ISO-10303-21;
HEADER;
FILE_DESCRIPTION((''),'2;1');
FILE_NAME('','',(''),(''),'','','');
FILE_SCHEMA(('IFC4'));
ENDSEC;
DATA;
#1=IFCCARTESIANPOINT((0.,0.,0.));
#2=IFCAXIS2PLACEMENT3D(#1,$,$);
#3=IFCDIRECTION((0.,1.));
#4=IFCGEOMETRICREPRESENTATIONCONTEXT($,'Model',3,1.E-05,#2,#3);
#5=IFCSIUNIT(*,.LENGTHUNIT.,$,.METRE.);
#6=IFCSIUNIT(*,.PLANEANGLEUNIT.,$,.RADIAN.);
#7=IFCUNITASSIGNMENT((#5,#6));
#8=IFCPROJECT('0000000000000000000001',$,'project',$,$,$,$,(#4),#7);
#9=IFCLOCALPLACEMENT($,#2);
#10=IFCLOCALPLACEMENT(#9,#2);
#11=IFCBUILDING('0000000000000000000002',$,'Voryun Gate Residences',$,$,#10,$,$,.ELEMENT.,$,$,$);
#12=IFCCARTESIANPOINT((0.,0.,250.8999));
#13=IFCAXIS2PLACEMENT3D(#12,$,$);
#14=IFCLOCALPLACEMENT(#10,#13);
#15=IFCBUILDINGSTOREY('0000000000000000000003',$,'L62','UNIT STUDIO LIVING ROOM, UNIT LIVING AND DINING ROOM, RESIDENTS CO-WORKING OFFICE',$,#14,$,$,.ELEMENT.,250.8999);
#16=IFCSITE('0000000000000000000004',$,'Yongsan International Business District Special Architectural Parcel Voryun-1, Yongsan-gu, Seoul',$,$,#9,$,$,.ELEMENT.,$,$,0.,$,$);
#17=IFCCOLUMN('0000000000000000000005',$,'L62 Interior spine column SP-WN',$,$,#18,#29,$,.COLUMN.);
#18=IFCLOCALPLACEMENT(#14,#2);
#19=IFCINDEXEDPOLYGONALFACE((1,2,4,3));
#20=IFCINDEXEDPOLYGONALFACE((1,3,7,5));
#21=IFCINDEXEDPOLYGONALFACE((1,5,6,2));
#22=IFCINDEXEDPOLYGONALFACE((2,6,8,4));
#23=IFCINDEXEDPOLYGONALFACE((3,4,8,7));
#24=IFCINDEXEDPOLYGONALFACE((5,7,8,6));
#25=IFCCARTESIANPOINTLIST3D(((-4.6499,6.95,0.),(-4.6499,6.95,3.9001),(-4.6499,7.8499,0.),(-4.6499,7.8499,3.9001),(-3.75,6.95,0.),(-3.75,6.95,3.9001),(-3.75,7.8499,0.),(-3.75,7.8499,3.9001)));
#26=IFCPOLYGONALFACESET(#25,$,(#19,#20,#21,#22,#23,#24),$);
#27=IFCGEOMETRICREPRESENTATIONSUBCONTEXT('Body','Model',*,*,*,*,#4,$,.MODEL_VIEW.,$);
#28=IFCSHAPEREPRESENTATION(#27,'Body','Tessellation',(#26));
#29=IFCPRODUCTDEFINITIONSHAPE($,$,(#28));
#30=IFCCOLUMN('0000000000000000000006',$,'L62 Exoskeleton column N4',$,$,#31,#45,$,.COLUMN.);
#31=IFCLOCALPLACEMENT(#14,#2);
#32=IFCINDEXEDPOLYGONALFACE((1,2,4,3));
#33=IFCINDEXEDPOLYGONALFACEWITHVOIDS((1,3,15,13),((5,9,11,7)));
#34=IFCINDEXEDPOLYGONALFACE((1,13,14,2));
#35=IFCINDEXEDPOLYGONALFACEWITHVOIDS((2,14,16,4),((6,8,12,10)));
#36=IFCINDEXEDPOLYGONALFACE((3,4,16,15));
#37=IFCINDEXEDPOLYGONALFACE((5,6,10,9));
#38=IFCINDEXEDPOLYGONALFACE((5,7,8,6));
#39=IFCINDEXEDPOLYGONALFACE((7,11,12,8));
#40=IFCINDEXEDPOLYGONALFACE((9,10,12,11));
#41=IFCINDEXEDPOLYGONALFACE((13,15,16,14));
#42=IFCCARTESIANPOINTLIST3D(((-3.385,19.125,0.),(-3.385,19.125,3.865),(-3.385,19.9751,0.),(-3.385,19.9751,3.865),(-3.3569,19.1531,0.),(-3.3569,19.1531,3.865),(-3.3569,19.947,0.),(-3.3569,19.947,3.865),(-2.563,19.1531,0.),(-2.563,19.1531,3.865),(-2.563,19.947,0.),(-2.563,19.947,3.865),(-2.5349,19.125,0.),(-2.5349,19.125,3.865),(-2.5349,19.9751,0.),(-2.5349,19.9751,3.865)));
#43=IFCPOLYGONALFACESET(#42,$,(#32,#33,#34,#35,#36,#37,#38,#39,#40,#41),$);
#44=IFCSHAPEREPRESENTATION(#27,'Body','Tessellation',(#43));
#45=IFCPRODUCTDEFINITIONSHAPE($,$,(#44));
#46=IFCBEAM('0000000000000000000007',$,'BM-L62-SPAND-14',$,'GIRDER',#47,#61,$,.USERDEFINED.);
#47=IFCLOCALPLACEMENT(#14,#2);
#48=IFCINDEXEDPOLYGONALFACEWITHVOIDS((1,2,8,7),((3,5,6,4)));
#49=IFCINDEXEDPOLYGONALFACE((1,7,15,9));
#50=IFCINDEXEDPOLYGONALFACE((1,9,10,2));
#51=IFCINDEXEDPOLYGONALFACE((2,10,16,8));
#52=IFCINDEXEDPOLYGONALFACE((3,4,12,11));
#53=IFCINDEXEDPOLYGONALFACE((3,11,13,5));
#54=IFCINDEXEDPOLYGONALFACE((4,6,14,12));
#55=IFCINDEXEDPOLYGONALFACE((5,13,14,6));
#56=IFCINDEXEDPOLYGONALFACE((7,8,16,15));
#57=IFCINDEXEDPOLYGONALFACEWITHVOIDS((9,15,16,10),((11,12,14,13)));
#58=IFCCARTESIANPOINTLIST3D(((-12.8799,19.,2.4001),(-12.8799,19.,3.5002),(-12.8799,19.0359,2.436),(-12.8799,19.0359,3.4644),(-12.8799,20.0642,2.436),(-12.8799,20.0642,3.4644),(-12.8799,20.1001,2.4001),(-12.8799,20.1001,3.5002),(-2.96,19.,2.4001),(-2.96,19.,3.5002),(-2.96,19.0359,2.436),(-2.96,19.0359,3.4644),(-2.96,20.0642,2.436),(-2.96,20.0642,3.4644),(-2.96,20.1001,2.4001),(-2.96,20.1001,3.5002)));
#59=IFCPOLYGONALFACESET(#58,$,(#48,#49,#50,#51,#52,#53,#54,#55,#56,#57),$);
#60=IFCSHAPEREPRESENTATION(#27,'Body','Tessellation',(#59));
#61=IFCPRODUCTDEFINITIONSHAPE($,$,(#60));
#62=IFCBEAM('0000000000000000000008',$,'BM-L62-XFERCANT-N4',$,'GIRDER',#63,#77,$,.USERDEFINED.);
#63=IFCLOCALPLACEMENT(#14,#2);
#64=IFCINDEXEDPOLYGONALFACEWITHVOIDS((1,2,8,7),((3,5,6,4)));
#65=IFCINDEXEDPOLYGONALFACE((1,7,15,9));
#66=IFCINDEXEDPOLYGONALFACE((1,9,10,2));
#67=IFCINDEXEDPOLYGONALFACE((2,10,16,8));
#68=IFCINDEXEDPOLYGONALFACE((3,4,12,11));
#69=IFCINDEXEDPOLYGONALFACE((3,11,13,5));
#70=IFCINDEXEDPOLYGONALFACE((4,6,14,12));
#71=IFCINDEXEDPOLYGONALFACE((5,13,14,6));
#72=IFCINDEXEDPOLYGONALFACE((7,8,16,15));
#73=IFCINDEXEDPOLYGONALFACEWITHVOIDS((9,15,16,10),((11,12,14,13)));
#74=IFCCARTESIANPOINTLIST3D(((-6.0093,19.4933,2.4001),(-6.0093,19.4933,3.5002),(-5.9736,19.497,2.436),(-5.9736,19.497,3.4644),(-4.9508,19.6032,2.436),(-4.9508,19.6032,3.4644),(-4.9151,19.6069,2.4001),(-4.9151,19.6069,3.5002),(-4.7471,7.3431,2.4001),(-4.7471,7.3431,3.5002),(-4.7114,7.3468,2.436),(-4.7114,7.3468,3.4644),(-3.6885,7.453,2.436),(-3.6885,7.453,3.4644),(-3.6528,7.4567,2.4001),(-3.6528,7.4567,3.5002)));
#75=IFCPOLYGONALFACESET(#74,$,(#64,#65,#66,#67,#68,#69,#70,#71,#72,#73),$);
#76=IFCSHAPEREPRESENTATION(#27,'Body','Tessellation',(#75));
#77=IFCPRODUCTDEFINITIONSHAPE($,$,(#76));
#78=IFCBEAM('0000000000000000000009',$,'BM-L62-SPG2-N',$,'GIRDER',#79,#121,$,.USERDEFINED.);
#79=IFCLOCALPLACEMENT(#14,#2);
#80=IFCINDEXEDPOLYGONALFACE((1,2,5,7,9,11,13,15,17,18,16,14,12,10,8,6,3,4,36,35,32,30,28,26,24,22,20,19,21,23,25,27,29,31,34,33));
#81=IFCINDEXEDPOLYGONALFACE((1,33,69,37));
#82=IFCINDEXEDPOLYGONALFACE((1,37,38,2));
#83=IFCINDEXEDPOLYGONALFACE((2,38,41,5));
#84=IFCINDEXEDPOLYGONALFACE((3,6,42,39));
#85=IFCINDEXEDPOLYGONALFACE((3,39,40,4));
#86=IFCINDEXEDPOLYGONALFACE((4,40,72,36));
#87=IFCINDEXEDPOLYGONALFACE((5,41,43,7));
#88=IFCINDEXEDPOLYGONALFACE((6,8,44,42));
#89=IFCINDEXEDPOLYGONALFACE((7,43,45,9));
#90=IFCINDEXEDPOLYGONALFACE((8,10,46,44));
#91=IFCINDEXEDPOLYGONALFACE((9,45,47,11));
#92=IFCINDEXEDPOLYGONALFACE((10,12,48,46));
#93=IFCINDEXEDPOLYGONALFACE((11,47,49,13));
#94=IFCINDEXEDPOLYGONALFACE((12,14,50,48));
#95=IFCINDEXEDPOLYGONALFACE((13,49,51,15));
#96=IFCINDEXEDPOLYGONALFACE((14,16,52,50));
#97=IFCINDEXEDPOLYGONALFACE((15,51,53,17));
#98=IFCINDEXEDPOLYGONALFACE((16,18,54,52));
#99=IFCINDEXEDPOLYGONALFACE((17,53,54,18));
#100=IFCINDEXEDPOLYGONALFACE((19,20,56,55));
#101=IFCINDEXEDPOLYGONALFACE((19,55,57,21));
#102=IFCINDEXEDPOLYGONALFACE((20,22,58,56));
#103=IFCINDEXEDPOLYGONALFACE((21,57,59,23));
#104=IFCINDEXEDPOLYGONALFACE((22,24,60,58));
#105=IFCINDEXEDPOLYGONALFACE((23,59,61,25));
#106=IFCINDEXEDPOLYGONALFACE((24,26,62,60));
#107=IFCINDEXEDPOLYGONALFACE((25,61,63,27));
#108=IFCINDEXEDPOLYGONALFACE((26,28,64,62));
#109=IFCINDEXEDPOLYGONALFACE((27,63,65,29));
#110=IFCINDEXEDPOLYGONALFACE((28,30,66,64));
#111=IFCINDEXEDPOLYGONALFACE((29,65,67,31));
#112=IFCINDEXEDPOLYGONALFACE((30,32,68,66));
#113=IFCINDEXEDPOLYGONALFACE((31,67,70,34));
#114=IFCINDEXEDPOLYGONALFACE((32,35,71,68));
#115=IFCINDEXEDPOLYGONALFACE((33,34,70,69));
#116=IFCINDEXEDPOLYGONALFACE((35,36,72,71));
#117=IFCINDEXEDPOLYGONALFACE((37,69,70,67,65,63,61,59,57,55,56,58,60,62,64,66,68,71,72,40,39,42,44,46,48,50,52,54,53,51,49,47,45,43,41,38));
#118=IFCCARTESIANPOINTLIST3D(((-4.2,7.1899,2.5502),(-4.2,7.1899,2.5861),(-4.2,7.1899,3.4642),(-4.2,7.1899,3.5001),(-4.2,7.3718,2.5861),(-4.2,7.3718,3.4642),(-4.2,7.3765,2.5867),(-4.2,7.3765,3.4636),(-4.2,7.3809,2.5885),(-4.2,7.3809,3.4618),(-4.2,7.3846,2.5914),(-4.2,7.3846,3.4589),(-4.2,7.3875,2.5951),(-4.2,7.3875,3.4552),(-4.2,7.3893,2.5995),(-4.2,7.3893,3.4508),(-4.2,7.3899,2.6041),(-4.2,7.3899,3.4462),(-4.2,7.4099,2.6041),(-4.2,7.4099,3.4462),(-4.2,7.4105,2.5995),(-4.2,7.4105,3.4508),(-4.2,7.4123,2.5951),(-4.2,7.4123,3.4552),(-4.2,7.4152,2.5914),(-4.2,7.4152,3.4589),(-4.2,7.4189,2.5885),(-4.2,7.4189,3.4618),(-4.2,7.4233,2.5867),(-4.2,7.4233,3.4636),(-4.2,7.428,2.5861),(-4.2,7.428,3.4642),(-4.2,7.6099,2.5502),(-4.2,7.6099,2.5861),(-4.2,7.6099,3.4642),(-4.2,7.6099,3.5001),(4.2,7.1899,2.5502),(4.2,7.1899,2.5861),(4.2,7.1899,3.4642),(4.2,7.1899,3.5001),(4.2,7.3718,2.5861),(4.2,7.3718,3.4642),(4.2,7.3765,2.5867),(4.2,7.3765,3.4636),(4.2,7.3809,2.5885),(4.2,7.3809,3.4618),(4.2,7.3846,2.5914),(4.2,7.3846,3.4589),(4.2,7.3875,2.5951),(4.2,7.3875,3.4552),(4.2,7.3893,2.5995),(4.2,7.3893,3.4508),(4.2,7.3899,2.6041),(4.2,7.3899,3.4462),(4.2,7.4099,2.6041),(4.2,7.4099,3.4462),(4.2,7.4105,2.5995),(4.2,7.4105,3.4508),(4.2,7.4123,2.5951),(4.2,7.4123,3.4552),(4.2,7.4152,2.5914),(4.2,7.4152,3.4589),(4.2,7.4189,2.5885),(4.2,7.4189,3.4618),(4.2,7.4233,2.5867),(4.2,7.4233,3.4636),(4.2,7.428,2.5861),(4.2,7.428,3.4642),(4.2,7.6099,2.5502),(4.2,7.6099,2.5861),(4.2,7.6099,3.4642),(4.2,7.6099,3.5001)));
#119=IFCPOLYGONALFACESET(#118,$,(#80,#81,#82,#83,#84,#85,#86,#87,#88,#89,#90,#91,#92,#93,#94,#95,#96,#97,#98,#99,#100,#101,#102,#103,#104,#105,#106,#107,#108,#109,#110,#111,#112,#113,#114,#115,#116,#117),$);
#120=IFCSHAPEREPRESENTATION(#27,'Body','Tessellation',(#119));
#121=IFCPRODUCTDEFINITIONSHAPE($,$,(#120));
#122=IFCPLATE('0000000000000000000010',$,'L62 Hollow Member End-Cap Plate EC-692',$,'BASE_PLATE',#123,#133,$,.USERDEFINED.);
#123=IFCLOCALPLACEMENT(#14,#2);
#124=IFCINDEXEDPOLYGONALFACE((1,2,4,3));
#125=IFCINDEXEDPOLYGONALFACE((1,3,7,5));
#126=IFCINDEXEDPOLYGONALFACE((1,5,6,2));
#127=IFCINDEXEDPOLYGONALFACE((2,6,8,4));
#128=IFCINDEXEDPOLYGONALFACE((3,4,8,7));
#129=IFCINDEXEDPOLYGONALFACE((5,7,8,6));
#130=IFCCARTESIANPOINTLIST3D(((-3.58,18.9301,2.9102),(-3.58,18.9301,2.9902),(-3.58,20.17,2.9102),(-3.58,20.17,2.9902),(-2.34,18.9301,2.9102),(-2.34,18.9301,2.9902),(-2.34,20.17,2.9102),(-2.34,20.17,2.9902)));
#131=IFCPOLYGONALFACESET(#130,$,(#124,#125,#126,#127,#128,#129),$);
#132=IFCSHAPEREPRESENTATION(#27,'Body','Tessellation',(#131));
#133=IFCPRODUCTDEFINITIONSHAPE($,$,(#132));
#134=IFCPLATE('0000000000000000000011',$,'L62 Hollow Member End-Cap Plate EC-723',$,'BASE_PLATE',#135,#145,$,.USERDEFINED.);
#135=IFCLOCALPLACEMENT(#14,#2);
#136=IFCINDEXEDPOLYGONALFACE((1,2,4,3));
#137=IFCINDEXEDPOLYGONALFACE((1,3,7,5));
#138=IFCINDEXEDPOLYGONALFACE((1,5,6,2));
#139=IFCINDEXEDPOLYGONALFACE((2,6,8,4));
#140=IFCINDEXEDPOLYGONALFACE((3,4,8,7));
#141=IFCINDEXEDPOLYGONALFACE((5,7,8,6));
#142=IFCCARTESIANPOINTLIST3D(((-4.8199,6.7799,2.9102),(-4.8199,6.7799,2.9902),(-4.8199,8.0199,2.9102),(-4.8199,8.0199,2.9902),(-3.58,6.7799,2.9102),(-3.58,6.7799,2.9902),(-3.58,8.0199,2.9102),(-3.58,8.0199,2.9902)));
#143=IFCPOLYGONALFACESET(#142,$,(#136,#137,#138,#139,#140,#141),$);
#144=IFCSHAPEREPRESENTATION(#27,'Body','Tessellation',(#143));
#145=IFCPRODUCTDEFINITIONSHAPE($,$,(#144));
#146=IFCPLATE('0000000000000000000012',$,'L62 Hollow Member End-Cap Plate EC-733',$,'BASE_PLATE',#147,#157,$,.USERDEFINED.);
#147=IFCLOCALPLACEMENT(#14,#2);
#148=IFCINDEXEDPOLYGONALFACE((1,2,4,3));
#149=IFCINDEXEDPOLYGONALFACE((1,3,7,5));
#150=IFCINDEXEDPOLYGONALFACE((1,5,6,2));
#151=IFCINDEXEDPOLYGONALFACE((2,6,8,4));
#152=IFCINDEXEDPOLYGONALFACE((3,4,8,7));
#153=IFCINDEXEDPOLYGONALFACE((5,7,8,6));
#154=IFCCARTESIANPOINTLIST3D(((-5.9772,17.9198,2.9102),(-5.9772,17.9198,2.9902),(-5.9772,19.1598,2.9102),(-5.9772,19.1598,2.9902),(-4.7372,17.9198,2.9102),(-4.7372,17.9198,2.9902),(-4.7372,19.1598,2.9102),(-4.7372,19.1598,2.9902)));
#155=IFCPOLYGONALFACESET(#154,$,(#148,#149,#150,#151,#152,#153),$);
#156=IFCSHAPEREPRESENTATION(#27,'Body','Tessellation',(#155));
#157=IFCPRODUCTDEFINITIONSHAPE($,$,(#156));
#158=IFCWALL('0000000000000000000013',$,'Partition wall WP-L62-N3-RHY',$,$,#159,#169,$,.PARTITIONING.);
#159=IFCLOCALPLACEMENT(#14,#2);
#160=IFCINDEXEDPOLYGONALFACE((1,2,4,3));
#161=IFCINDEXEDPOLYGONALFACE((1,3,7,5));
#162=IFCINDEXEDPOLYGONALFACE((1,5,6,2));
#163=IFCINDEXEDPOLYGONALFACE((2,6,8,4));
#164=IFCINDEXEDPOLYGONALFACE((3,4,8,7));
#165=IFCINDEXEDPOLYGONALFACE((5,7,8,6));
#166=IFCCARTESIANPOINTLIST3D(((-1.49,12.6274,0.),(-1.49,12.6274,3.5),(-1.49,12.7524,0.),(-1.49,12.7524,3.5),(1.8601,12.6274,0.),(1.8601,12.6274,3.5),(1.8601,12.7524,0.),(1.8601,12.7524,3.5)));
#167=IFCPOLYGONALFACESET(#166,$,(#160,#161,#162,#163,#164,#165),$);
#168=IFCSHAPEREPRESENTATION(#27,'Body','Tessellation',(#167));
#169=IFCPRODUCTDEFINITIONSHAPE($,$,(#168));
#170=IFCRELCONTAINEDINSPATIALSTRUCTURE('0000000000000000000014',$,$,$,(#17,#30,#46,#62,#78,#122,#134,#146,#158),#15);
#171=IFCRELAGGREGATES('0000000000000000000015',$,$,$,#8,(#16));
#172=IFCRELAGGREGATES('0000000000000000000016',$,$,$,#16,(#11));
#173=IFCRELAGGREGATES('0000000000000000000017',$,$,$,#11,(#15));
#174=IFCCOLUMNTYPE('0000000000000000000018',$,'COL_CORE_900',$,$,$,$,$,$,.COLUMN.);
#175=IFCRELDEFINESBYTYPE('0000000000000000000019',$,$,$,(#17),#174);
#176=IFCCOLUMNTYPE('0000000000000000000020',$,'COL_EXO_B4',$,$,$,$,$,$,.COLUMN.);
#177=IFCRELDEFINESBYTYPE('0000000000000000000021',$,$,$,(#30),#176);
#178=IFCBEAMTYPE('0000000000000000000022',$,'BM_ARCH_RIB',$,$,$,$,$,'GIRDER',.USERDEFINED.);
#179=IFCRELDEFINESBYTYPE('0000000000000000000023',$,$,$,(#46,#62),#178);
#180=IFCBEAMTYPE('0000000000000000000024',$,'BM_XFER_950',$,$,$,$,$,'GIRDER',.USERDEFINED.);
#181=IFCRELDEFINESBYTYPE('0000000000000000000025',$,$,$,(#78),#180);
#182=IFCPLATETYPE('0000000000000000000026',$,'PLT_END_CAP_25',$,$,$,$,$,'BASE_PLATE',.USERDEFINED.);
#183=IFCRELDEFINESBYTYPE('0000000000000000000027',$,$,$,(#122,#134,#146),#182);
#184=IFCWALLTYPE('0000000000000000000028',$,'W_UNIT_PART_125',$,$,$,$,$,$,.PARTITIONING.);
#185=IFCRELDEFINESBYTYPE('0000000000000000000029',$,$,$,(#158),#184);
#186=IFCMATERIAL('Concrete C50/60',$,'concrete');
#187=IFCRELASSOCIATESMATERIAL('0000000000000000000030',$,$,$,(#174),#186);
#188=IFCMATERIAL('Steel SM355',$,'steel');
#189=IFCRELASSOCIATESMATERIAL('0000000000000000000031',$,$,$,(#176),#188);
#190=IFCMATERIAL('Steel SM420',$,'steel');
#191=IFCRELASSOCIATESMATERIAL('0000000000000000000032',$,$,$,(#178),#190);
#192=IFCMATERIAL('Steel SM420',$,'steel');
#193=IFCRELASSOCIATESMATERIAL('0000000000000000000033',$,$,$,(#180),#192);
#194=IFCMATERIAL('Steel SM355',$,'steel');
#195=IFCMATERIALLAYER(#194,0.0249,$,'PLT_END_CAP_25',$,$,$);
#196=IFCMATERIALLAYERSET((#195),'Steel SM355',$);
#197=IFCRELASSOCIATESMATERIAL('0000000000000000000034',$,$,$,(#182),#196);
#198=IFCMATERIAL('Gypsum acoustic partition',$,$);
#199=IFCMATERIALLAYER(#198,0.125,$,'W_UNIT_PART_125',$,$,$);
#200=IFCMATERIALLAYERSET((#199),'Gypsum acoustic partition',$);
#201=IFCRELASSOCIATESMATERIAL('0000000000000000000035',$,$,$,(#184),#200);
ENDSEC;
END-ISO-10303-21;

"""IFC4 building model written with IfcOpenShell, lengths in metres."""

from ifc_helpers import new_model, si_unit, direction, frame, frame_2d, origin, origin_2d, place, context, subcontext, project, spatial, rectangle, hollow_rectangle, i_section, extrude, material, layer, layer_set, material_profile, profile_set, type_object, element, save


model = new_model("IFC4")

# Units and contexts
model_context = context("Model", 3, precision=1e-05, world=origin(), true_north=direction((0.0, 1.0)))
body_context = subcontext(model_context, "Body", "Model", "MODEL_VIEW")
ifc_project = project(units=[si_unit("LENGTHUNIT", "METRE"), si_unit("PLANEANGLEUNIT", "RADIAN")], contexts=[model_context])

# Site, building, storey
site_placement = place(None, origin())
site = spatial("IfcSite", under=ifc_project, at=site_placement, Name="Yongsan International Business District Special Architectural Parcel Voryun-1, Yongsan-gu, Seoul", CompositionType="ELEMENT", RefElevation=0.0)
building_placement = place(site_placement, origin())
building = spatial("IfcBuilding", under=site, at=building_placement, Name="Voryun Gate Residences", CompositionType="ELEMENT")
storey_placement = place(building_placement, frame((0.0, 0.0, 250.8999)))
storey = spatial("IfcBuildingStorey", under=building, at=storey_placement, Name="L62", Description="UNIT STUDIO LIVING ROOM, UNIT LIVING AND DINING ROOM, RESIDENTS CO-WORKING OFFICE", CompositionType="ELEMENT", Elevation=250.8999)

# Columns
ifc_material_1 = material(Name="Concrete C50/60", Category="concrete")
ifc_material_profile_1 = material_profile(ifc_material_1, rectangle(XDim=0.8999, YDim=0.8999, at=origin_2d()), Name="RC-900x900")
ifc_profile_set_1 = profile_set([ifc_material_profile_1], Name="Concrete C50/60")
column_type_1 = type_object("IfcColumnType", Name="COL_CORE_900", PredefinedType="COLUMN", material=ifc_profile_set_1)
column_1_placement = place(storey_placement, frame((-4.2, 7.3999, 0.0), z_axis=(0.0, 0.0, 1.0), x_axis=(1.0, 0.0, 0.0)))
element("IfcColumn", 1, at=column_1_placement, inside=storey, type_object=column_type_1, Name="L62 Interior spine column SP-WN", PredefinedType="COLUMN", context=body_context, shape_type="SweptSolid", body=[
    extrude(rectangle(XDim=0.8999, YDim=0.8999, at=origin_2d()), origin(), (0.0, 0.0, 1.0), 3.9001),
])
ifc_material_2 = material(Name="Steel SM355", Category="steel")
ifc_material_profile_2 = material_profile(ifc_material_2, hollow_rectangle(XDim=0.8501, YDim=0.8501, WallThickness=0.0281, at=origin_2d()), Name="BOX-850x850x28")
ifc_profile_set_2 = profile_set([ifc_material_profile_2], Name="Steel SM355")
column_type_2 = type_object("IfcColumnType", Name="COL_EXO_B4", PredefinedType="COLUMN", material=ifc_profile_set_2)
column_2_placement = place(storey_placement, frame((-2.96, 19.55, 0.0), z_axis=(0.0, 0.0, 1.0), x_axis=(1.0, 0.0, 0.0)))
element("IfcColumn", 2, at=column_2_placement, inside=storey, type_object=column_type_2, Name="L62 Exoskeleton column N4", PredefinedType="COLUMN", context=body_context, shape_type="SweptSolid", body=[
    extrude(hollow_rectangle(XDim=0.8501, YDim=0.8501, WallThickness=0.0281, at=origin_2d()), origin(), (0.0, 0.0, 1.0), 3.865),
])

# Beams
ifc_material_3 = material(Name="Steel SM420", Category="steel")
ifc_material_profile_3 = material_profile(ifc_material_3, hollow_rectangle(XDim=1.1001, YDim=1.1001, WallThickness=0.0359, at=origin_2d()), Name="BOX-1100x1100x36")
ifc_profile_set_3 = profile_set([ifc_material_profile_3], Name="Steel SM420")
beam_type_1 = type_object("IfcBeamType", Name="BM_ARCH_RIB", ElementType="GIRDER", PredefinedType="USERDEFINED", material=ifc_profile_set_3)
beam_1_placement = place(storey_placement, frame((-2.96, 19.55, 2.9502), z_axis=(-1.0, 0.0, 0.0), x_axis=(0.0, -1.0, 0.0)))
element("IfcBeam", 3, at=beam_1_placement, inside=storey, type_object=beam_type_1, Name="BM-L62-SPAND-14", ObjectType="GIRDER", PredefinedType="USERDEFINED", context=body_context, shape_type="SweptSolid", body=[
    extrude(hollow_rectangle(XDim=1.1001, YDim=1.1001, WallThickness=0.0359, at=origin_2d()), origin(), (0.0, 0.0, 1.0), 9.9199),
])
beam_2_placement = place(storey_placement, frame((-4.2, 7.3999, 2.9502), z_axis=(-0.103328, 0.994647, 0.0), x_axis=(-0.994647, -0.103328, 0.0)))
element("IfcBeam", 4, at=beam_2_placement, inside=storey, type_object=beam_type_1, Name="BM-L62-XFERCANT-N4", ObjectType="GIRDER", PredefinedType="USERDEFINED", context=body_context, shape_type="SweptSolid", body=[
    extrude(hollow_rectangle(XDim=1.1001, YDim=1.1001, WallThickness=0.0359, at=origin_2d()), origin(), (0.0, 0.0, 1.0), 12.2156),
])
ifc_material_4 = material(Name="Steel SM420", Category="steel")
ifc_material_profile_4 = material_profile(ifc_material_4, i_section(OverallWidth=0.4199, OverallDepth=0.95, WebThickness=0.02, FlangeThickness=0.0359, FilletRadius=0.0181, at=origin_2d()), Name="H-950x420x20x36")
ifc_profile_set_4 = profile_set([ifc_material_profile_4], Name="Steel SM420")
beam_type_2 = type_object("IfcBeamType", Name="BM_XFER_950", ElementType="GIRDER", PredefinedType="USERDEFINED", material=ifc_profile_set_4)
beam_3_placement = place(storey_placement, frame((-4.2, 7.3999, 3.0251), z_axis=(1.0, 0.0, 0.0), x_axis=(0.0, 1.0, 0.0)))
element("IfcBeam", 5, at=beam_3_placement, inside=storey, type_object=beam_type_2, Name="BM-L62-SPG2-N", ObjectType="GIRDER", PredefinedType="USERDEFINED", context=body_context, shape_type="SweptSolid", body=[
    extrude(i_section(OverallWidth=0.4199, OverallDepth=0.95, WebThickness=0.02, FlangeThickness=0.0359, FilletRadius=0.0181, at=origin_2d()), origin(), (0.0, 0.0, 1.0), 8.3999),
])

# Plates
ifc_material_5 = material(Name="Steel SM355", Category="steel")
ifc_layer_1 = layer(ifc_material_5, 0.0249, Name="PLT_END_CAP_25")
ifc_layer_set_1 = layer_set([ifc_layer_1], Name="Steel SM355")
plate_type = type_object("IfcPlateType", Name="PLT_END_CAP_25", ElementType="BASE_PLATE", PredefinedType="USERDEFINED", material=ifc_layer_set_1)
for number, where, z_axis, x_axis, name in (
    (6, (-2.96, 19.55, 2.9102), (0.0, 0.0, 1.0), (1.0, 0.0, 0.0), "L62 Hollow Member End-Cap Plate EC-692"),
    (7, (-4.2, 7.3999, 2.9102), (0.0, 0.0, 1.0), (1.0, 0.0, 0.0), "L62 Hollow Member End-Cap Plate EC-723"),
    (8, (-5.3572, 18.5398, 2.9102), (0.0, 0.0, 1.0), (1.0, 0.0, 0.0), "L62 Hollow Member End-Cap Plate EC-733"),
):
    element("IfcPlate", number, at=place(storey_placement, frame(where, z_axis=z_axis, x_axis=x_axis)), inside=storey, type_object=plate_type, Name=name, ObjectType="BASE_PLATE", PredefinedType="USERDEFINED", context=body_context, shape_type="SweptSolid", body=[
        extrude(rectangle(XDim=1.24, YDim=1.24, at=origin_2d()), origin(), (0.0, 0.0, 1.0), 0.0801),
    ])

# Wall
ifc_material_6 = material(Name="Gypsum acoustic partition")
ifc_layer_2 = layer(ifc_material_6, 0.125, Name="W_UNIT_PART_125")
ifc_layer_set_2 = layer_set([ifc_layer_2], Name="Gypsum acoustic partition")
wall_type_1 = type_object("IfcWallType", Name="W_UNIT_PART_125", PredefinedType="PARTITIONING", material=ifc_layer_set_2)
wall_1_placement = place(storey_placement, frame((-1.49, 12.6899, 0.0), z_axis=(0.0, 0.0, 1.0), x_axis=(1.0, 0.0, 0.0)))
element("IfcWall", 9, at=wall_1_placement, inside=storey, type_object=wall_type_1, Name="Partition wall WP-L62-N3-RHY", PredefinedType="PARTITIONING", context=body_context, shape_type="SweptSolid", body=[
    extrude(rectangle(XDim=3.3501, YDim=0.125, at=frame_2d((1.675, 0.0))), origin(), (0.0, 0.0, 1.0), 3.5),
])

save(model, "model.ifc")
